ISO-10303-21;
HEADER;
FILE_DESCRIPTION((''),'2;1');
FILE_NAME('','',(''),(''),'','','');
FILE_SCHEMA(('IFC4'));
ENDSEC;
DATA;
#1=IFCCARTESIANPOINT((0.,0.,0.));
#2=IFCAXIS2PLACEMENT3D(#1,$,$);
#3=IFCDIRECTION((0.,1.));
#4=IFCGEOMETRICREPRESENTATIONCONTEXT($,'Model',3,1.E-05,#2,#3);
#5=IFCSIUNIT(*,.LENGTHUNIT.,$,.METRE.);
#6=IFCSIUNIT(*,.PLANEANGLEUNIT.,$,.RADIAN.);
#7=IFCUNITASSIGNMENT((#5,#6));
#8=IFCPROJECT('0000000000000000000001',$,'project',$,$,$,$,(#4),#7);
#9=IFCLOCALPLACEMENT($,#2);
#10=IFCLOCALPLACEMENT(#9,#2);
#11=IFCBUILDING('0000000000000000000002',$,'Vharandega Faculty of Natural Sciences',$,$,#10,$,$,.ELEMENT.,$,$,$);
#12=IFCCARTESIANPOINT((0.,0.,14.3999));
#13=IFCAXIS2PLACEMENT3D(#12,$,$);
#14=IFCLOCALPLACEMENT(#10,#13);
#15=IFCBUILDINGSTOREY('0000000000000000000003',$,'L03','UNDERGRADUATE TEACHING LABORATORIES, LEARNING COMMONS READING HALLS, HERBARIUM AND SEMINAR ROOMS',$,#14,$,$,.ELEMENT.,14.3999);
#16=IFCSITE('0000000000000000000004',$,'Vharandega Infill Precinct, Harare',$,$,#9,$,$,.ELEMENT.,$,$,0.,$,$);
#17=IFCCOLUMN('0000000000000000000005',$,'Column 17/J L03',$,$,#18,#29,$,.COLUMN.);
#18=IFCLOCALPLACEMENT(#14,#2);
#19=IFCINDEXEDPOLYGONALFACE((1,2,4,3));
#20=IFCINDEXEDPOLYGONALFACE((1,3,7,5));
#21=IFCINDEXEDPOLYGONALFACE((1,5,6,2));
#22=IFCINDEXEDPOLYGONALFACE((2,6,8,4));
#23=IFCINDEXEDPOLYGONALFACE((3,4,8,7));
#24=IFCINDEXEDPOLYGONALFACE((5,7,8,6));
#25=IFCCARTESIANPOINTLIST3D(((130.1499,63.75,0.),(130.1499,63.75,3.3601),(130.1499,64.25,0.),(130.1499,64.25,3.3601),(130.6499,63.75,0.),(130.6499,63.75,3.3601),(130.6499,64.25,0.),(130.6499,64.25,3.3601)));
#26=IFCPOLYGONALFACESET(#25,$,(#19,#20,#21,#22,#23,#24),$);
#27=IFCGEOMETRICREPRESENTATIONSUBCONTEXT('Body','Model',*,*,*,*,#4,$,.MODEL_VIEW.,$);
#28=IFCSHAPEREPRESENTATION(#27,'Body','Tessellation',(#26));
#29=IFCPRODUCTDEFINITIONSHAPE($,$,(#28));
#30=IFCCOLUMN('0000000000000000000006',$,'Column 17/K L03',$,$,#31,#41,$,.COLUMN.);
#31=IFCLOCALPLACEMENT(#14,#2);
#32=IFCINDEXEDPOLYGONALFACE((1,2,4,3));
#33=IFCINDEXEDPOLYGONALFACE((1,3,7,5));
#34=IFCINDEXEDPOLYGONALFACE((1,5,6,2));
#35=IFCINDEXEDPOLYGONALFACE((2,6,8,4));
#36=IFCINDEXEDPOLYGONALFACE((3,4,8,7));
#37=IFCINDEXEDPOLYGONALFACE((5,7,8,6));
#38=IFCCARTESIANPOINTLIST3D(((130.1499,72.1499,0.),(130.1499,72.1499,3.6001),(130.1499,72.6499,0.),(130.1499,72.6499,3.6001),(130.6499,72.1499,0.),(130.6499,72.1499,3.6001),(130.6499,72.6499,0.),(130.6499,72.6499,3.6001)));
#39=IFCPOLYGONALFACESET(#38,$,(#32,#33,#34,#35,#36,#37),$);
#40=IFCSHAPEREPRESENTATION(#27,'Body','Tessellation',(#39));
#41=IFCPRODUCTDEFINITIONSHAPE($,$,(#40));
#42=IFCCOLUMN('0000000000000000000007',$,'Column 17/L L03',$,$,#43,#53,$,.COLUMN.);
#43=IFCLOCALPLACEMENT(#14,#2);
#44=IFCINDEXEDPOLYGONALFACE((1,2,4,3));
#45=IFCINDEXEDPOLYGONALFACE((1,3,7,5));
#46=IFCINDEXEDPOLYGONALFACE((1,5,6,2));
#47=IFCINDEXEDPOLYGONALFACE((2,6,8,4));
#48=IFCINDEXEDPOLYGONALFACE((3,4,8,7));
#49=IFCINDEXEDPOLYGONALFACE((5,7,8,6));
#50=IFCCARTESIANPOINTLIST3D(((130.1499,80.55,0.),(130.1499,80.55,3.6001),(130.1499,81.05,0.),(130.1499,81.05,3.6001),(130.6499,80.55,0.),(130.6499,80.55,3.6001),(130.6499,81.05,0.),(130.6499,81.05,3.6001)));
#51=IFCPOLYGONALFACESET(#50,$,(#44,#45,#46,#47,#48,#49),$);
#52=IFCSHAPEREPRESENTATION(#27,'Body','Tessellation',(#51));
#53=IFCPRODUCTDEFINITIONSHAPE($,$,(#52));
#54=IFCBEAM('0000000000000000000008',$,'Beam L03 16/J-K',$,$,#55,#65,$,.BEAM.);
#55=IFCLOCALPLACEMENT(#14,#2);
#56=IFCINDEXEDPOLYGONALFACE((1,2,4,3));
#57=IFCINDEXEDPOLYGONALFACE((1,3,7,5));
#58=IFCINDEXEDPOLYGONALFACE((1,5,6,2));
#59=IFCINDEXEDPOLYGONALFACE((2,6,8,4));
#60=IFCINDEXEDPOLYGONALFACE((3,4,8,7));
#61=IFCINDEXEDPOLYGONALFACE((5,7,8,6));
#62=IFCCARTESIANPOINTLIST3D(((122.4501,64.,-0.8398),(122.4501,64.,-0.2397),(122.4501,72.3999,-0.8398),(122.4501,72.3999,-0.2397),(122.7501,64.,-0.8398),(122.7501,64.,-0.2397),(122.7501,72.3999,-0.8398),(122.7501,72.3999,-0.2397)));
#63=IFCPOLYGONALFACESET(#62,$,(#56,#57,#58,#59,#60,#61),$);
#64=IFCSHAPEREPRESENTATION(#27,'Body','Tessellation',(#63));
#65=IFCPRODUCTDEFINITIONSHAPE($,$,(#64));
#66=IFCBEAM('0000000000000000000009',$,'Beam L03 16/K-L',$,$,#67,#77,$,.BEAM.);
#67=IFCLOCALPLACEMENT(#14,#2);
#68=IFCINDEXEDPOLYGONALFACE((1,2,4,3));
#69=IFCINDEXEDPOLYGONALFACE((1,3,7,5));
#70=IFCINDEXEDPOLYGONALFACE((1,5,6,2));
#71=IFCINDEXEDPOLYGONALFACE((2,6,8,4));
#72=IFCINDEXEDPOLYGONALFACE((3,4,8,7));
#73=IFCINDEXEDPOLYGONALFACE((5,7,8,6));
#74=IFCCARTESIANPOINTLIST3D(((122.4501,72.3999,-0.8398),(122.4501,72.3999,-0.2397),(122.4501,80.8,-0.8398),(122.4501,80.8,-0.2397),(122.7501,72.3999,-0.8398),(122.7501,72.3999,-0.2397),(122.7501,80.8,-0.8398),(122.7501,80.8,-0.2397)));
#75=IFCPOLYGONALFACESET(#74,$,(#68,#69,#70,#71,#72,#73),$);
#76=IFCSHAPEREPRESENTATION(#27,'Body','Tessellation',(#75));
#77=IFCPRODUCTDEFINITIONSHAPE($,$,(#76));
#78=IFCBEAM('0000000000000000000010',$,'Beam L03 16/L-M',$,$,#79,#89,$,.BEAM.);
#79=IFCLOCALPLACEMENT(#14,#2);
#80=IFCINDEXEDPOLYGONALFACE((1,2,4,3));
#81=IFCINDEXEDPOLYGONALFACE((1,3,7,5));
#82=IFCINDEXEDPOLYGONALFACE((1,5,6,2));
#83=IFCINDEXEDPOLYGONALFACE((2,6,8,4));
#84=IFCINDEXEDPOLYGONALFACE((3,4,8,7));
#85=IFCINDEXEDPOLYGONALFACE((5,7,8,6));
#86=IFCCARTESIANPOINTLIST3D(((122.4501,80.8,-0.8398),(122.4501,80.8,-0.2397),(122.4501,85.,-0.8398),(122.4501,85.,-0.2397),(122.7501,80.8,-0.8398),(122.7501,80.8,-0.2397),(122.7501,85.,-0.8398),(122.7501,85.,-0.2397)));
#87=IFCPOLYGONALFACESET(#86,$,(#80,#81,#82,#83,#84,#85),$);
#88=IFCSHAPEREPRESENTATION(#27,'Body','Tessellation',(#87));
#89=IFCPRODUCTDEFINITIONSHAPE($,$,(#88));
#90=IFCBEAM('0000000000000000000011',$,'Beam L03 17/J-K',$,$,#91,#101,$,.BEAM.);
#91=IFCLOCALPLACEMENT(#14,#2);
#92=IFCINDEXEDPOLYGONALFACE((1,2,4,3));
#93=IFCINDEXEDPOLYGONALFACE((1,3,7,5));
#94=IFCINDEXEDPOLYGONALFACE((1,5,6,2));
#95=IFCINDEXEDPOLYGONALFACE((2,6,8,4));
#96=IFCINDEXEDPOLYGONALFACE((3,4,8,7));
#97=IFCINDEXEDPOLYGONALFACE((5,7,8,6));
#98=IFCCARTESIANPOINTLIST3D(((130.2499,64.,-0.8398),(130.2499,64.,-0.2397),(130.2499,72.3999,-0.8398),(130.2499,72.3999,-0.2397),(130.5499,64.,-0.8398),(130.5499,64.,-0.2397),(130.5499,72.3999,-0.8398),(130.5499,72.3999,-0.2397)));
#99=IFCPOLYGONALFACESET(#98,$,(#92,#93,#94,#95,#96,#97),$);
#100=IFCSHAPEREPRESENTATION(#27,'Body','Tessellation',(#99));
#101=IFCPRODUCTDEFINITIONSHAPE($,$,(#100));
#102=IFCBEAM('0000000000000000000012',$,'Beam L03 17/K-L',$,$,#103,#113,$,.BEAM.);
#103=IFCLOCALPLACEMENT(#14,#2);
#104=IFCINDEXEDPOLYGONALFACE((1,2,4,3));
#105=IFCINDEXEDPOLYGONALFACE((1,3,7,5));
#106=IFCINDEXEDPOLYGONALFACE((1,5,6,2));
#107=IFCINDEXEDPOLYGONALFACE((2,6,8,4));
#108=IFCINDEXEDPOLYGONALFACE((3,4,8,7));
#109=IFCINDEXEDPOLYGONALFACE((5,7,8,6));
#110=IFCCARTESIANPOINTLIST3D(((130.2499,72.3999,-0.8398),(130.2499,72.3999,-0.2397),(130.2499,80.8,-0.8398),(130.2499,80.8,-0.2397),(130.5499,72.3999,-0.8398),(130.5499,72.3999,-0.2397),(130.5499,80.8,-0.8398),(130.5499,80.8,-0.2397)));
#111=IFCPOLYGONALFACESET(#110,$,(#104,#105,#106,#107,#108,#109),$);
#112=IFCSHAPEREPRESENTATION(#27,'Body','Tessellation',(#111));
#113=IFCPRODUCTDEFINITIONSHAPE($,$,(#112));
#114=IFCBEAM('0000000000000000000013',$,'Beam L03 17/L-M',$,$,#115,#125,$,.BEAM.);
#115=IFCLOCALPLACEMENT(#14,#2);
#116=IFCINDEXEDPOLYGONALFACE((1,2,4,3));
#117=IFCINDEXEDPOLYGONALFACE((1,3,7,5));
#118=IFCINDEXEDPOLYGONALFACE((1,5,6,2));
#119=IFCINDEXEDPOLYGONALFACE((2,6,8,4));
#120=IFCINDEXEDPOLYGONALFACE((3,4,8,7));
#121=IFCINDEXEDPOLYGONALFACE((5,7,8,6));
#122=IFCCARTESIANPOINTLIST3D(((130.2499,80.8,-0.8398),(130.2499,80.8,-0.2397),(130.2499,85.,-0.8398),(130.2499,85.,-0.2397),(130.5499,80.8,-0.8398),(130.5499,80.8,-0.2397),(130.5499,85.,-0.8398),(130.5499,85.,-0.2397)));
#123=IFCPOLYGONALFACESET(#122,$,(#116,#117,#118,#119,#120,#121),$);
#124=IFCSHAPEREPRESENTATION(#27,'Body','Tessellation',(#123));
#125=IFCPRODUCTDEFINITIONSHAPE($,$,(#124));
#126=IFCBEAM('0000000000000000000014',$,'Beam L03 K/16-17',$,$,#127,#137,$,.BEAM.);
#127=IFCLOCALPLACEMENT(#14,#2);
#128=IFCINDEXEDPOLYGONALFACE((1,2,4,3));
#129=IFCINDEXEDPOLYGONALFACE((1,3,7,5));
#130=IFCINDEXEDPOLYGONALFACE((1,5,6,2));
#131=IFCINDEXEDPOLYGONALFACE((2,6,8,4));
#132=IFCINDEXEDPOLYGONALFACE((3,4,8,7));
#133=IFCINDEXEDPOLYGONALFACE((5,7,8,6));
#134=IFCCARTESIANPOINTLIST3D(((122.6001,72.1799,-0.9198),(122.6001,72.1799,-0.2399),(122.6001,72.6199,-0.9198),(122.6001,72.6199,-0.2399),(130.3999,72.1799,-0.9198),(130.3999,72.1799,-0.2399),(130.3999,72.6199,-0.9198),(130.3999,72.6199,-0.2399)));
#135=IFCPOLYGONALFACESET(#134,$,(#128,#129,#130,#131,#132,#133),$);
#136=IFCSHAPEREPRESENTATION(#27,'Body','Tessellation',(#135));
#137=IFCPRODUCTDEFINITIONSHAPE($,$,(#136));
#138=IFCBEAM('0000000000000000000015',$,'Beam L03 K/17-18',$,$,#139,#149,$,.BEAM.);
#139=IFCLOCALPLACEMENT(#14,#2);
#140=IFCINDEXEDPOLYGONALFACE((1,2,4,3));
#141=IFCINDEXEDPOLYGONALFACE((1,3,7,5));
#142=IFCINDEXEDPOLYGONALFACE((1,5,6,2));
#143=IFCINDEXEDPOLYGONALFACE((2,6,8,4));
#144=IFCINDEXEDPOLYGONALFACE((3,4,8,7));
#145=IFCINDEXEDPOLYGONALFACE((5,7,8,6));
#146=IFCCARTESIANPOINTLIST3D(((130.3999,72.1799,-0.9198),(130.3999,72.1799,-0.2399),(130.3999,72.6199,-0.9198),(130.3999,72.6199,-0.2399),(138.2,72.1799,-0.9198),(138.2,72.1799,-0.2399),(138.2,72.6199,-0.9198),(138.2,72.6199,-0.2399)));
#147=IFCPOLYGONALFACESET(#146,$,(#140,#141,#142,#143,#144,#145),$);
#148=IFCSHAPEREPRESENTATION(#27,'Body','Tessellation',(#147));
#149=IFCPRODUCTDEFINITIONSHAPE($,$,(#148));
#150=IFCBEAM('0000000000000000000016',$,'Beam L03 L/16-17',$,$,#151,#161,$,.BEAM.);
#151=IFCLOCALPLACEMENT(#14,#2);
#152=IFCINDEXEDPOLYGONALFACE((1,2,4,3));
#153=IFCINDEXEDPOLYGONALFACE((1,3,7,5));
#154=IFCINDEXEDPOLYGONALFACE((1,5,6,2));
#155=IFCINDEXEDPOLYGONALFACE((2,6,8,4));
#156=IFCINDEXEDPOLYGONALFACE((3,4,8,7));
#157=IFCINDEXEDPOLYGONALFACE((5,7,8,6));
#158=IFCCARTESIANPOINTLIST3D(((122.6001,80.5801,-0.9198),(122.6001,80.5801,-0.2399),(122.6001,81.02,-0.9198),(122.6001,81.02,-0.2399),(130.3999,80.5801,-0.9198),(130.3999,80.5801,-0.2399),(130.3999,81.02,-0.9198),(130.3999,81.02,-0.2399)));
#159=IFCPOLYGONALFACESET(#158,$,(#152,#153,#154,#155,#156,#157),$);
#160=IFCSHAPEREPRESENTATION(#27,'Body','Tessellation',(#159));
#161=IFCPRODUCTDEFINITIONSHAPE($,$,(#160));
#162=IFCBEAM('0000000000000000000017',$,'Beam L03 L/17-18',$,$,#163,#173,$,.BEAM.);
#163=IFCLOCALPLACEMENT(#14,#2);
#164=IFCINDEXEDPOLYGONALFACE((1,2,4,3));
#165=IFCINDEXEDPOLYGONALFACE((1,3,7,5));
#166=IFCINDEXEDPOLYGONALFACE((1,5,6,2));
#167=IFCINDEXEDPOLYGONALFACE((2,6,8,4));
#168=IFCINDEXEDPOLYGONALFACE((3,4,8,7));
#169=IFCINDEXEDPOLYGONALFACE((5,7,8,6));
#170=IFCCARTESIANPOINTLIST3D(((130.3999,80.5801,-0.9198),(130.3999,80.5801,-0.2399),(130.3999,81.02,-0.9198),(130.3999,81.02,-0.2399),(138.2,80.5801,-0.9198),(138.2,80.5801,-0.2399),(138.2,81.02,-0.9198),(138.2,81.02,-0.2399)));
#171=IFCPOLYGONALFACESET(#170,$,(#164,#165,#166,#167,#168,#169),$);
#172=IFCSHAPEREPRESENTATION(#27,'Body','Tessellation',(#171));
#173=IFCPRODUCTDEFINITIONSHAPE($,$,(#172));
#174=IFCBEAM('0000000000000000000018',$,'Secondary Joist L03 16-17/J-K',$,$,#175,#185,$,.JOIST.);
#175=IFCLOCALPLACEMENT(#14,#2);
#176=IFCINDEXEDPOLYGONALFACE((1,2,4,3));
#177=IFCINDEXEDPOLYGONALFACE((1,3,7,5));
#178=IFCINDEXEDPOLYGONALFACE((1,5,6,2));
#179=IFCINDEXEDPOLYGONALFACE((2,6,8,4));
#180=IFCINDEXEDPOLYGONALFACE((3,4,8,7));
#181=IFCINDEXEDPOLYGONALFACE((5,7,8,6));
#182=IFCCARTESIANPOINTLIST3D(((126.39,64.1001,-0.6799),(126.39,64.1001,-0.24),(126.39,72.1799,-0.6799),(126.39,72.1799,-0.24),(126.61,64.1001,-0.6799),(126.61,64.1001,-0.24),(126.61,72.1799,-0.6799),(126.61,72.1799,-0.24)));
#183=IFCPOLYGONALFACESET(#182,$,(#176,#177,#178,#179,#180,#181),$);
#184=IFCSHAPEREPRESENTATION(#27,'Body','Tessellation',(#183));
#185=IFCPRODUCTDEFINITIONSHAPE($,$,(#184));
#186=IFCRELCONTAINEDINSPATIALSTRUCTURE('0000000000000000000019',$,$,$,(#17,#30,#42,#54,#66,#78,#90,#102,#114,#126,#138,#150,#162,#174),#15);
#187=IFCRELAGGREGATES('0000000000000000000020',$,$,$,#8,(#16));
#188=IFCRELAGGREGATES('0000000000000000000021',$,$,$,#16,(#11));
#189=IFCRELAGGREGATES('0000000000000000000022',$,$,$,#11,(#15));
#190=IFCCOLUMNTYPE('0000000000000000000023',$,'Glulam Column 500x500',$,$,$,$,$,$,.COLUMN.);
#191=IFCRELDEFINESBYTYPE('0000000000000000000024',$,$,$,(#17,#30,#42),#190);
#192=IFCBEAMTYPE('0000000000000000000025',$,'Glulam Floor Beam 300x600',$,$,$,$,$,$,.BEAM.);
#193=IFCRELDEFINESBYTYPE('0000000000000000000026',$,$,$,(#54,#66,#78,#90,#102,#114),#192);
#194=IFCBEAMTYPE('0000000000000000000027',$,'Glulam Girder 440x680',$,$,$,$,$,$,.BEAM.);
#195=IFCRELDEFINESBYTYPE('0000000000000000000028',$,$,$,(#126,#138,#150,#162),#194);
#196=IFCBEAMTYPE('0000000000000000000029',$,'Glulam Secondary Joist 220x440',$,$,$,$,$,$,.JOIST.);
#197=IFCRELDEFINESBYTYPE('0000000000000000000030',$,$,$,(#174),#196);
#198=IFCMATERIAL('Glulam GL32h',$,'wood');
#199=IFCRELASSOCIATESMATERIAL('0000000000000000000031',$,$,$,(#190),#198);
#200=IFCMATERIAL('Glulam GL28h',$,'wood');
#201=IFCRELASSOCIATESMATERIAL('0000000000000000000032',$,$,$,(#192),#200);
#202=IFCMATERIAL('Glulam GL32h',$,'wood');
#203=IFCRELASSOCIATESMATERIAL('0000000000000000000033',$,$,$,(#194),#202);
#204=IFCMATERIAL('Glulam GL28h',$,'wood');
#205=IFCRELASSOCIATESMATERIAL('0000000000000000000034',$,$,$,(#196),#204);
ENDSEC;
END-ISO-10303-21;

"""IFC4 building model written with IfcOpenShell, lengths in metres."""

from ifc_helpers import new_model, si_unit, direction, frame, origin, origin_2d, place, context, subcontext, project, spatial, rectangle, extrude, material, material_profile, profile_set, type_object, element, save


model = new_model("IFC4")

# Units and contexts
model_context = context("Model", 3, precision=1e-05, world=origin(), true_north=direction((0.0, 1.0)))
body_context = subcontext(model_context, "Body", "Model", "MODEL_VIEW")
ifc_project = project(units=[si_unit("LENGTHUNIT", "METRE"), si_unit("PLANEANGLEUNIT", "RADIAN")], contexts=[model_context])

# Site, building, storey
site_placement = place(None, origin())
site = spatial("IfcSite", under=ifc_project, at=site_placement, Name="Vharandega Infill Precinct, Harare", CompositionType="ELEMENT", RefElevation=0.0)
building_placement = place(site_placement, origin())
building = spatial("IfcBuilding", under=site, at=building_placement, Name="Vharandega Faculty of Natural Sciences", CompositionType="ELEMENT")
storey_placement = place(building_placement, frame((0.0, 0.0, 14.3999)))
storey = spatial("IfcBuildingStorey", under=building, at=storey_placement, Name="L03", Description="UNDERGRADUATE TEACHING LABORATORIES, LEARNING COMMONS READING HALLS, HERBARIUM AND SEMINAR ROOMS", CompositionType="ELEMENT", Elevation=14.3999)

# Columns
ifc_material_1 = material(Name="Glulam GL32h", Category="wood")
ifc_material_profile_1 = material_profile(ifc_material_1, rectangle(XDim=0.5, YDim=0.5, at=origin_2d()), Name="GL32h 500x500")
ifc_profile_set_1 = profile_set([ifc_material_profile_1], Name="Glulam GL32h")
column_type = type_object("IfcColumnType", Name="Glulam Column 500x500", PredefinedType="COLUMN", material=ifc_profile_set_1)
column_placement = place(storey_placement, frame((130.3999, 64.0, 0.0), z_axis=(0.0, 0.0, 1.0), x_axis=(1.0, 0.0, 0.0)))
element("IfcColumn", 1, at=column_placement, inside=storey, type_object=column_type, Name="Column 17/J L03", PredefinedType="COLUMN", context=body_context, shape_type="SweptSolid", body=[
    extrude(rectangle(XDim=0.5, YDim=0.5, at=origin_2d()), origin(), (0.0, 0.0, 1.0), 3.3601),
])
for number, where, z_axis, x_axis, name in (
    (2, (130.3999, 72.3999, 0.0), (0.0, 0.0, 1.0), (1.0, 0.0, 0.0), "Column 17/K L03"),
    (3, (130.3999, 80.8, 0.0), (0.0, 0.0, 1.0), (1.0, 0.0, 0.0), "Column 17/L L03"),
):
    element("IfcColumn", number, at=place(storey_placement, frame(where, z_axis=z_axis, x_axis=x_axis)), inside=storey, type_object=column_type, Name=name, PredefinedType="COLUMN", context=body_context, shape_type="SweptSolid", body=[
        extrude(rectangle(XDim=0.5, YDim=0.5, at=origin_2d()), origin(), (0.0, 0.0, 1.0), 3.6001),
    ])

# Beams
ifc_material_2 = material(Name="Glulam GL28h", Category="wood")
ifc_material_profile_2 = material_profile(ifc_material_2, rectangle(XDim=0.3, YDim=0.6001, at=origin_2d()), Name="GL28h 300x600")
ifc_profile_set_2 = profile_set([ifc_material_profile_2], Name="Glulam GL28h")
beam_type_1 = type_object("IfcBeamType", Name="Glulam Floor Beam 300x600", PredefinedType="BEAM", material=ifc_profile_set_2)
beam_1_placement = place(storey_placement, frame((122.6001, 64.0, -0.5398), z_axis=(0.0, 1.0, 0.0), x_axis=(-1.0, 0.0, 0.0)))
element("IfcBeam", 4, at=beam_1_placement, inside=storey, type_object=beam_type_1, Name="Beam L03 16/J-K", PredefinedType="BEAM", context=body_context, shape_type="SweptSolid", body=[
    extrude(rectangle(XDim=0.3, YDim=0.6001, at=origin_2d()), origin(), (0.0, 0.0, 1.0), 8.3999),
])
beam_2_placement = place(storey_placement, frame((122.6001, 72.3999, -0.5398), z_axis=(0.0, 1.0, 0.0), x_axis=(-1.0, 0.0, 0.0)))
element("IfcBeam", 5, at=beam_2_placement, inside=storey, type_object=beam_type_1, Name="Beam L03 16/K-L", PredefinedType="BEAM", context=body_context, shape_type="SweptSolid", body=[
    extrude(rectangle(XDim=0.3, YDim=0.6001, at=origin_2d()), origin(), (0.0, 0.0, 1.0), 8.4001),
])
beam_3_placement = place(storey_placement, frame((122.6001, 80.8, -0.5398), z_axis=(0.0, 1.0, 0.0), x_axis=(-1.0, 0.0, 0.0)))
element("IfcBeam", 6, at=beam_3_placement, inside=storey, type_object=beam_type_1, Name="Beam L03 16/L-M", PredefinedType="BEAM", context=body_context, shape_type="SweptSolid", body=[
    extrude(rectangle(XDim=0.3, YDim=0.6001, at=origin_2d()), origin(), (0.0, 0.0, 1.0), 4.2),
])
beam_4_placement = place(storey_placement, frame((130.3999, 64.0, -0.5398), z_axis=(0.0, 1.0, 0.0), x_axis=(-1.0, 0.0, 0.0)))
element("IfcBeam", 7, at=beam_4_placement, inside=storey, type_object=beam_type_1, Name="Beam L03 17/J-K", PredefinedType="BEAM", context=body_context, shape_type="SweptSolid", body=[
    extrude(rectangle(XDim=0.3, YDim=0.6001, at=origin_2d()), origin(), (0.0, 0.0, 1.0), 8.3999),
])
beam_5_placement = place(storey_placement, frame((130.3999, 72.3999, -0.5398), z_axis=(0.0, 1.0, 0.0), x_axis=(-1.0, 0.0, 0.0)))
element("IfcBeam", 8, at=beam_5_placement, inside=storey, type_object=beam_type_1, Name="Beam L03 17/K-L", PredefinedType="BEAM", context=body_context, shape_type="SweptSolid", body=[
    extrude(rectangle(XDim=0.3, YDim=0.6001, at=origin_2d()), origin(), (0.0, 0.0, 1.0), 8.4001),
])
beam_6_placement = place(storey_placement, frame((130.3999, 80.8, -0.5398), z_axis=(0.0, 1.0, 0.0), x_axis=(-1.0, 0.0, 0.0)))
element("IfcBeam", 9, at=beam_6_placement, inside=storey, type_object=beam_type_1, Name="Beam L03 17/L-M", PredefinedType="BEAM", context=body_context, shape_type="SweptSolid", body=[
    extrude(rectangle(XDim=0.3, YDim=0.6001, at=origin_2d()), origin(), (0.0, 0.0, 1.0), 4.2),
])
ifc_material_3 = material(Name="Glulam GL32h", Category="wood")
ifc_material_profile_3 = material_profile(ifc_material_3, rectangle(XDim=0.4399, YDim=0.6799, at=origin_2d()), Name="GL32h 440x680")
ifc_profile_set_3 = profile_set([ifc_material_profile_3], Name="Glulam GL32h")
beam_type_2 = type_object("IfcBeamType", Name="Glulam Girder 440x680", PredefinedType="BEAM", material=ifc_profile_set_3)
beam_7_placement = place(storey_placement, frame((122.6001, 72.3999, -0.5798), z_axis=(1.0, 0.0, 0.0), x_axis=(0.0, 1.0, 0.0)))
element("IfcBeam", 10, at=beam_7_placement, inside=storey, type_object=beam_type_2, Name="Beam L03 K/16-17", PredefinedType="BEAM", context=body_context, shape_type="SweptSolid", body=[
    extrude(rectangle(XDim=0.4399, YDim=0.6799, at=origin_2d()), origin(), (0.0, 0.0, 1.0), 7.7998),
])
beam_8_placement = place(storey_placement, frame((130.3999, 72.3999, -0.5798), z_axis=(1.0, 0.0, 0.0), x_axis=(0.0, 1.0, 0.0)))
element("IfcBeam", 11, at=beam_8_placement, inside=storey, type_object=beam_type_2, Name="Beam L03 K/17-18", PredefinedType="BEAM", context=body_context, shape_type="SweptSolid", body=[
    extrude(rectangle(XDim=0.4399, YDim=0.6799, at=origin_2d()), origin(), (0.0, 0.0, 1.0), 7.8),
])
beam_9_placement = place(storey_placement, frame((122.6001, 80.8, -0.5798), z_axis=(1.0, 0.0, 0.0), x_axis=(0.0, 1.0, 0.0)))
element("IfcBeam", 12, at=beam_9_placement, inside=storey, type_object=beam_type_2, Name="Beam L03 L/16-17", PredefinedType="BEAM", context=body_context, shape_type="SweptSolid", body=[
    extrude(rectangle(XDim=0.4399, YDim=0.6799, at=origin_2d()), origin(), (0.0, 0.0, 1.0), 7.7998),
])
beam_10_placement = place(storey_placement, frame((130.3999, 80.8, -0.5798), z_axis=(1.0, 0.0, 0.0), x_axis=(0.0, 1.0, 0.0)))
element("IfcBeam", 13, at=beam_10_placement, inside=storey, type_object=beam_type_2, Name="Beam L03 L/17-18", PredefinedType="BEAM", context=body_context, shape_type="SweptSolid", body=[
    extrude(rectangle(XDim=0.4399, YDim=0.6799, at=origin_2d()), origin(), (0.0, 0.0, 1.0), 7.8),
])
ifc_material_4 = material(Name="Glulam GL28h", Category="wood")
ifc_material_profile_4 = material_profile(ifc_material_4, rectangle(XDim=0.22, YDim=0.4399, at=origin_2d()), Name="GL28h 220x440")
ifc_profile_set_4 = profile_set([ifc_material_profile_4], Name="Glulam GL28h")
beam_type_3 = type_object("IfcBeamType", Name="Glulam Secondary Joist 220x440", PredefinedType="JOIST", material=ifc_profile_set_4)
beam_11_placement = place(storey_placement, frame((126.5, 64.1001, -0.46), z_axis=(0.0, 1.0, 0.0), x_axis=(-1.0, 0.0, 0.0)))
element("IfcBeam", 14, at=beam_11_placement, inside=storey, type_object=beam_type_3, Name="Secondary Joist L03 16-17/J-K", PredefinedType="JOIST", context=body_context, shape_type="SweptSolid", body=[
    extrude(rectangle(XDim=0.22, YDim=0.4399, at=origin_2d()), origin(), (0.0, 0.0, 1.0), 8.0798),
])

save(model, "model.ifc")
